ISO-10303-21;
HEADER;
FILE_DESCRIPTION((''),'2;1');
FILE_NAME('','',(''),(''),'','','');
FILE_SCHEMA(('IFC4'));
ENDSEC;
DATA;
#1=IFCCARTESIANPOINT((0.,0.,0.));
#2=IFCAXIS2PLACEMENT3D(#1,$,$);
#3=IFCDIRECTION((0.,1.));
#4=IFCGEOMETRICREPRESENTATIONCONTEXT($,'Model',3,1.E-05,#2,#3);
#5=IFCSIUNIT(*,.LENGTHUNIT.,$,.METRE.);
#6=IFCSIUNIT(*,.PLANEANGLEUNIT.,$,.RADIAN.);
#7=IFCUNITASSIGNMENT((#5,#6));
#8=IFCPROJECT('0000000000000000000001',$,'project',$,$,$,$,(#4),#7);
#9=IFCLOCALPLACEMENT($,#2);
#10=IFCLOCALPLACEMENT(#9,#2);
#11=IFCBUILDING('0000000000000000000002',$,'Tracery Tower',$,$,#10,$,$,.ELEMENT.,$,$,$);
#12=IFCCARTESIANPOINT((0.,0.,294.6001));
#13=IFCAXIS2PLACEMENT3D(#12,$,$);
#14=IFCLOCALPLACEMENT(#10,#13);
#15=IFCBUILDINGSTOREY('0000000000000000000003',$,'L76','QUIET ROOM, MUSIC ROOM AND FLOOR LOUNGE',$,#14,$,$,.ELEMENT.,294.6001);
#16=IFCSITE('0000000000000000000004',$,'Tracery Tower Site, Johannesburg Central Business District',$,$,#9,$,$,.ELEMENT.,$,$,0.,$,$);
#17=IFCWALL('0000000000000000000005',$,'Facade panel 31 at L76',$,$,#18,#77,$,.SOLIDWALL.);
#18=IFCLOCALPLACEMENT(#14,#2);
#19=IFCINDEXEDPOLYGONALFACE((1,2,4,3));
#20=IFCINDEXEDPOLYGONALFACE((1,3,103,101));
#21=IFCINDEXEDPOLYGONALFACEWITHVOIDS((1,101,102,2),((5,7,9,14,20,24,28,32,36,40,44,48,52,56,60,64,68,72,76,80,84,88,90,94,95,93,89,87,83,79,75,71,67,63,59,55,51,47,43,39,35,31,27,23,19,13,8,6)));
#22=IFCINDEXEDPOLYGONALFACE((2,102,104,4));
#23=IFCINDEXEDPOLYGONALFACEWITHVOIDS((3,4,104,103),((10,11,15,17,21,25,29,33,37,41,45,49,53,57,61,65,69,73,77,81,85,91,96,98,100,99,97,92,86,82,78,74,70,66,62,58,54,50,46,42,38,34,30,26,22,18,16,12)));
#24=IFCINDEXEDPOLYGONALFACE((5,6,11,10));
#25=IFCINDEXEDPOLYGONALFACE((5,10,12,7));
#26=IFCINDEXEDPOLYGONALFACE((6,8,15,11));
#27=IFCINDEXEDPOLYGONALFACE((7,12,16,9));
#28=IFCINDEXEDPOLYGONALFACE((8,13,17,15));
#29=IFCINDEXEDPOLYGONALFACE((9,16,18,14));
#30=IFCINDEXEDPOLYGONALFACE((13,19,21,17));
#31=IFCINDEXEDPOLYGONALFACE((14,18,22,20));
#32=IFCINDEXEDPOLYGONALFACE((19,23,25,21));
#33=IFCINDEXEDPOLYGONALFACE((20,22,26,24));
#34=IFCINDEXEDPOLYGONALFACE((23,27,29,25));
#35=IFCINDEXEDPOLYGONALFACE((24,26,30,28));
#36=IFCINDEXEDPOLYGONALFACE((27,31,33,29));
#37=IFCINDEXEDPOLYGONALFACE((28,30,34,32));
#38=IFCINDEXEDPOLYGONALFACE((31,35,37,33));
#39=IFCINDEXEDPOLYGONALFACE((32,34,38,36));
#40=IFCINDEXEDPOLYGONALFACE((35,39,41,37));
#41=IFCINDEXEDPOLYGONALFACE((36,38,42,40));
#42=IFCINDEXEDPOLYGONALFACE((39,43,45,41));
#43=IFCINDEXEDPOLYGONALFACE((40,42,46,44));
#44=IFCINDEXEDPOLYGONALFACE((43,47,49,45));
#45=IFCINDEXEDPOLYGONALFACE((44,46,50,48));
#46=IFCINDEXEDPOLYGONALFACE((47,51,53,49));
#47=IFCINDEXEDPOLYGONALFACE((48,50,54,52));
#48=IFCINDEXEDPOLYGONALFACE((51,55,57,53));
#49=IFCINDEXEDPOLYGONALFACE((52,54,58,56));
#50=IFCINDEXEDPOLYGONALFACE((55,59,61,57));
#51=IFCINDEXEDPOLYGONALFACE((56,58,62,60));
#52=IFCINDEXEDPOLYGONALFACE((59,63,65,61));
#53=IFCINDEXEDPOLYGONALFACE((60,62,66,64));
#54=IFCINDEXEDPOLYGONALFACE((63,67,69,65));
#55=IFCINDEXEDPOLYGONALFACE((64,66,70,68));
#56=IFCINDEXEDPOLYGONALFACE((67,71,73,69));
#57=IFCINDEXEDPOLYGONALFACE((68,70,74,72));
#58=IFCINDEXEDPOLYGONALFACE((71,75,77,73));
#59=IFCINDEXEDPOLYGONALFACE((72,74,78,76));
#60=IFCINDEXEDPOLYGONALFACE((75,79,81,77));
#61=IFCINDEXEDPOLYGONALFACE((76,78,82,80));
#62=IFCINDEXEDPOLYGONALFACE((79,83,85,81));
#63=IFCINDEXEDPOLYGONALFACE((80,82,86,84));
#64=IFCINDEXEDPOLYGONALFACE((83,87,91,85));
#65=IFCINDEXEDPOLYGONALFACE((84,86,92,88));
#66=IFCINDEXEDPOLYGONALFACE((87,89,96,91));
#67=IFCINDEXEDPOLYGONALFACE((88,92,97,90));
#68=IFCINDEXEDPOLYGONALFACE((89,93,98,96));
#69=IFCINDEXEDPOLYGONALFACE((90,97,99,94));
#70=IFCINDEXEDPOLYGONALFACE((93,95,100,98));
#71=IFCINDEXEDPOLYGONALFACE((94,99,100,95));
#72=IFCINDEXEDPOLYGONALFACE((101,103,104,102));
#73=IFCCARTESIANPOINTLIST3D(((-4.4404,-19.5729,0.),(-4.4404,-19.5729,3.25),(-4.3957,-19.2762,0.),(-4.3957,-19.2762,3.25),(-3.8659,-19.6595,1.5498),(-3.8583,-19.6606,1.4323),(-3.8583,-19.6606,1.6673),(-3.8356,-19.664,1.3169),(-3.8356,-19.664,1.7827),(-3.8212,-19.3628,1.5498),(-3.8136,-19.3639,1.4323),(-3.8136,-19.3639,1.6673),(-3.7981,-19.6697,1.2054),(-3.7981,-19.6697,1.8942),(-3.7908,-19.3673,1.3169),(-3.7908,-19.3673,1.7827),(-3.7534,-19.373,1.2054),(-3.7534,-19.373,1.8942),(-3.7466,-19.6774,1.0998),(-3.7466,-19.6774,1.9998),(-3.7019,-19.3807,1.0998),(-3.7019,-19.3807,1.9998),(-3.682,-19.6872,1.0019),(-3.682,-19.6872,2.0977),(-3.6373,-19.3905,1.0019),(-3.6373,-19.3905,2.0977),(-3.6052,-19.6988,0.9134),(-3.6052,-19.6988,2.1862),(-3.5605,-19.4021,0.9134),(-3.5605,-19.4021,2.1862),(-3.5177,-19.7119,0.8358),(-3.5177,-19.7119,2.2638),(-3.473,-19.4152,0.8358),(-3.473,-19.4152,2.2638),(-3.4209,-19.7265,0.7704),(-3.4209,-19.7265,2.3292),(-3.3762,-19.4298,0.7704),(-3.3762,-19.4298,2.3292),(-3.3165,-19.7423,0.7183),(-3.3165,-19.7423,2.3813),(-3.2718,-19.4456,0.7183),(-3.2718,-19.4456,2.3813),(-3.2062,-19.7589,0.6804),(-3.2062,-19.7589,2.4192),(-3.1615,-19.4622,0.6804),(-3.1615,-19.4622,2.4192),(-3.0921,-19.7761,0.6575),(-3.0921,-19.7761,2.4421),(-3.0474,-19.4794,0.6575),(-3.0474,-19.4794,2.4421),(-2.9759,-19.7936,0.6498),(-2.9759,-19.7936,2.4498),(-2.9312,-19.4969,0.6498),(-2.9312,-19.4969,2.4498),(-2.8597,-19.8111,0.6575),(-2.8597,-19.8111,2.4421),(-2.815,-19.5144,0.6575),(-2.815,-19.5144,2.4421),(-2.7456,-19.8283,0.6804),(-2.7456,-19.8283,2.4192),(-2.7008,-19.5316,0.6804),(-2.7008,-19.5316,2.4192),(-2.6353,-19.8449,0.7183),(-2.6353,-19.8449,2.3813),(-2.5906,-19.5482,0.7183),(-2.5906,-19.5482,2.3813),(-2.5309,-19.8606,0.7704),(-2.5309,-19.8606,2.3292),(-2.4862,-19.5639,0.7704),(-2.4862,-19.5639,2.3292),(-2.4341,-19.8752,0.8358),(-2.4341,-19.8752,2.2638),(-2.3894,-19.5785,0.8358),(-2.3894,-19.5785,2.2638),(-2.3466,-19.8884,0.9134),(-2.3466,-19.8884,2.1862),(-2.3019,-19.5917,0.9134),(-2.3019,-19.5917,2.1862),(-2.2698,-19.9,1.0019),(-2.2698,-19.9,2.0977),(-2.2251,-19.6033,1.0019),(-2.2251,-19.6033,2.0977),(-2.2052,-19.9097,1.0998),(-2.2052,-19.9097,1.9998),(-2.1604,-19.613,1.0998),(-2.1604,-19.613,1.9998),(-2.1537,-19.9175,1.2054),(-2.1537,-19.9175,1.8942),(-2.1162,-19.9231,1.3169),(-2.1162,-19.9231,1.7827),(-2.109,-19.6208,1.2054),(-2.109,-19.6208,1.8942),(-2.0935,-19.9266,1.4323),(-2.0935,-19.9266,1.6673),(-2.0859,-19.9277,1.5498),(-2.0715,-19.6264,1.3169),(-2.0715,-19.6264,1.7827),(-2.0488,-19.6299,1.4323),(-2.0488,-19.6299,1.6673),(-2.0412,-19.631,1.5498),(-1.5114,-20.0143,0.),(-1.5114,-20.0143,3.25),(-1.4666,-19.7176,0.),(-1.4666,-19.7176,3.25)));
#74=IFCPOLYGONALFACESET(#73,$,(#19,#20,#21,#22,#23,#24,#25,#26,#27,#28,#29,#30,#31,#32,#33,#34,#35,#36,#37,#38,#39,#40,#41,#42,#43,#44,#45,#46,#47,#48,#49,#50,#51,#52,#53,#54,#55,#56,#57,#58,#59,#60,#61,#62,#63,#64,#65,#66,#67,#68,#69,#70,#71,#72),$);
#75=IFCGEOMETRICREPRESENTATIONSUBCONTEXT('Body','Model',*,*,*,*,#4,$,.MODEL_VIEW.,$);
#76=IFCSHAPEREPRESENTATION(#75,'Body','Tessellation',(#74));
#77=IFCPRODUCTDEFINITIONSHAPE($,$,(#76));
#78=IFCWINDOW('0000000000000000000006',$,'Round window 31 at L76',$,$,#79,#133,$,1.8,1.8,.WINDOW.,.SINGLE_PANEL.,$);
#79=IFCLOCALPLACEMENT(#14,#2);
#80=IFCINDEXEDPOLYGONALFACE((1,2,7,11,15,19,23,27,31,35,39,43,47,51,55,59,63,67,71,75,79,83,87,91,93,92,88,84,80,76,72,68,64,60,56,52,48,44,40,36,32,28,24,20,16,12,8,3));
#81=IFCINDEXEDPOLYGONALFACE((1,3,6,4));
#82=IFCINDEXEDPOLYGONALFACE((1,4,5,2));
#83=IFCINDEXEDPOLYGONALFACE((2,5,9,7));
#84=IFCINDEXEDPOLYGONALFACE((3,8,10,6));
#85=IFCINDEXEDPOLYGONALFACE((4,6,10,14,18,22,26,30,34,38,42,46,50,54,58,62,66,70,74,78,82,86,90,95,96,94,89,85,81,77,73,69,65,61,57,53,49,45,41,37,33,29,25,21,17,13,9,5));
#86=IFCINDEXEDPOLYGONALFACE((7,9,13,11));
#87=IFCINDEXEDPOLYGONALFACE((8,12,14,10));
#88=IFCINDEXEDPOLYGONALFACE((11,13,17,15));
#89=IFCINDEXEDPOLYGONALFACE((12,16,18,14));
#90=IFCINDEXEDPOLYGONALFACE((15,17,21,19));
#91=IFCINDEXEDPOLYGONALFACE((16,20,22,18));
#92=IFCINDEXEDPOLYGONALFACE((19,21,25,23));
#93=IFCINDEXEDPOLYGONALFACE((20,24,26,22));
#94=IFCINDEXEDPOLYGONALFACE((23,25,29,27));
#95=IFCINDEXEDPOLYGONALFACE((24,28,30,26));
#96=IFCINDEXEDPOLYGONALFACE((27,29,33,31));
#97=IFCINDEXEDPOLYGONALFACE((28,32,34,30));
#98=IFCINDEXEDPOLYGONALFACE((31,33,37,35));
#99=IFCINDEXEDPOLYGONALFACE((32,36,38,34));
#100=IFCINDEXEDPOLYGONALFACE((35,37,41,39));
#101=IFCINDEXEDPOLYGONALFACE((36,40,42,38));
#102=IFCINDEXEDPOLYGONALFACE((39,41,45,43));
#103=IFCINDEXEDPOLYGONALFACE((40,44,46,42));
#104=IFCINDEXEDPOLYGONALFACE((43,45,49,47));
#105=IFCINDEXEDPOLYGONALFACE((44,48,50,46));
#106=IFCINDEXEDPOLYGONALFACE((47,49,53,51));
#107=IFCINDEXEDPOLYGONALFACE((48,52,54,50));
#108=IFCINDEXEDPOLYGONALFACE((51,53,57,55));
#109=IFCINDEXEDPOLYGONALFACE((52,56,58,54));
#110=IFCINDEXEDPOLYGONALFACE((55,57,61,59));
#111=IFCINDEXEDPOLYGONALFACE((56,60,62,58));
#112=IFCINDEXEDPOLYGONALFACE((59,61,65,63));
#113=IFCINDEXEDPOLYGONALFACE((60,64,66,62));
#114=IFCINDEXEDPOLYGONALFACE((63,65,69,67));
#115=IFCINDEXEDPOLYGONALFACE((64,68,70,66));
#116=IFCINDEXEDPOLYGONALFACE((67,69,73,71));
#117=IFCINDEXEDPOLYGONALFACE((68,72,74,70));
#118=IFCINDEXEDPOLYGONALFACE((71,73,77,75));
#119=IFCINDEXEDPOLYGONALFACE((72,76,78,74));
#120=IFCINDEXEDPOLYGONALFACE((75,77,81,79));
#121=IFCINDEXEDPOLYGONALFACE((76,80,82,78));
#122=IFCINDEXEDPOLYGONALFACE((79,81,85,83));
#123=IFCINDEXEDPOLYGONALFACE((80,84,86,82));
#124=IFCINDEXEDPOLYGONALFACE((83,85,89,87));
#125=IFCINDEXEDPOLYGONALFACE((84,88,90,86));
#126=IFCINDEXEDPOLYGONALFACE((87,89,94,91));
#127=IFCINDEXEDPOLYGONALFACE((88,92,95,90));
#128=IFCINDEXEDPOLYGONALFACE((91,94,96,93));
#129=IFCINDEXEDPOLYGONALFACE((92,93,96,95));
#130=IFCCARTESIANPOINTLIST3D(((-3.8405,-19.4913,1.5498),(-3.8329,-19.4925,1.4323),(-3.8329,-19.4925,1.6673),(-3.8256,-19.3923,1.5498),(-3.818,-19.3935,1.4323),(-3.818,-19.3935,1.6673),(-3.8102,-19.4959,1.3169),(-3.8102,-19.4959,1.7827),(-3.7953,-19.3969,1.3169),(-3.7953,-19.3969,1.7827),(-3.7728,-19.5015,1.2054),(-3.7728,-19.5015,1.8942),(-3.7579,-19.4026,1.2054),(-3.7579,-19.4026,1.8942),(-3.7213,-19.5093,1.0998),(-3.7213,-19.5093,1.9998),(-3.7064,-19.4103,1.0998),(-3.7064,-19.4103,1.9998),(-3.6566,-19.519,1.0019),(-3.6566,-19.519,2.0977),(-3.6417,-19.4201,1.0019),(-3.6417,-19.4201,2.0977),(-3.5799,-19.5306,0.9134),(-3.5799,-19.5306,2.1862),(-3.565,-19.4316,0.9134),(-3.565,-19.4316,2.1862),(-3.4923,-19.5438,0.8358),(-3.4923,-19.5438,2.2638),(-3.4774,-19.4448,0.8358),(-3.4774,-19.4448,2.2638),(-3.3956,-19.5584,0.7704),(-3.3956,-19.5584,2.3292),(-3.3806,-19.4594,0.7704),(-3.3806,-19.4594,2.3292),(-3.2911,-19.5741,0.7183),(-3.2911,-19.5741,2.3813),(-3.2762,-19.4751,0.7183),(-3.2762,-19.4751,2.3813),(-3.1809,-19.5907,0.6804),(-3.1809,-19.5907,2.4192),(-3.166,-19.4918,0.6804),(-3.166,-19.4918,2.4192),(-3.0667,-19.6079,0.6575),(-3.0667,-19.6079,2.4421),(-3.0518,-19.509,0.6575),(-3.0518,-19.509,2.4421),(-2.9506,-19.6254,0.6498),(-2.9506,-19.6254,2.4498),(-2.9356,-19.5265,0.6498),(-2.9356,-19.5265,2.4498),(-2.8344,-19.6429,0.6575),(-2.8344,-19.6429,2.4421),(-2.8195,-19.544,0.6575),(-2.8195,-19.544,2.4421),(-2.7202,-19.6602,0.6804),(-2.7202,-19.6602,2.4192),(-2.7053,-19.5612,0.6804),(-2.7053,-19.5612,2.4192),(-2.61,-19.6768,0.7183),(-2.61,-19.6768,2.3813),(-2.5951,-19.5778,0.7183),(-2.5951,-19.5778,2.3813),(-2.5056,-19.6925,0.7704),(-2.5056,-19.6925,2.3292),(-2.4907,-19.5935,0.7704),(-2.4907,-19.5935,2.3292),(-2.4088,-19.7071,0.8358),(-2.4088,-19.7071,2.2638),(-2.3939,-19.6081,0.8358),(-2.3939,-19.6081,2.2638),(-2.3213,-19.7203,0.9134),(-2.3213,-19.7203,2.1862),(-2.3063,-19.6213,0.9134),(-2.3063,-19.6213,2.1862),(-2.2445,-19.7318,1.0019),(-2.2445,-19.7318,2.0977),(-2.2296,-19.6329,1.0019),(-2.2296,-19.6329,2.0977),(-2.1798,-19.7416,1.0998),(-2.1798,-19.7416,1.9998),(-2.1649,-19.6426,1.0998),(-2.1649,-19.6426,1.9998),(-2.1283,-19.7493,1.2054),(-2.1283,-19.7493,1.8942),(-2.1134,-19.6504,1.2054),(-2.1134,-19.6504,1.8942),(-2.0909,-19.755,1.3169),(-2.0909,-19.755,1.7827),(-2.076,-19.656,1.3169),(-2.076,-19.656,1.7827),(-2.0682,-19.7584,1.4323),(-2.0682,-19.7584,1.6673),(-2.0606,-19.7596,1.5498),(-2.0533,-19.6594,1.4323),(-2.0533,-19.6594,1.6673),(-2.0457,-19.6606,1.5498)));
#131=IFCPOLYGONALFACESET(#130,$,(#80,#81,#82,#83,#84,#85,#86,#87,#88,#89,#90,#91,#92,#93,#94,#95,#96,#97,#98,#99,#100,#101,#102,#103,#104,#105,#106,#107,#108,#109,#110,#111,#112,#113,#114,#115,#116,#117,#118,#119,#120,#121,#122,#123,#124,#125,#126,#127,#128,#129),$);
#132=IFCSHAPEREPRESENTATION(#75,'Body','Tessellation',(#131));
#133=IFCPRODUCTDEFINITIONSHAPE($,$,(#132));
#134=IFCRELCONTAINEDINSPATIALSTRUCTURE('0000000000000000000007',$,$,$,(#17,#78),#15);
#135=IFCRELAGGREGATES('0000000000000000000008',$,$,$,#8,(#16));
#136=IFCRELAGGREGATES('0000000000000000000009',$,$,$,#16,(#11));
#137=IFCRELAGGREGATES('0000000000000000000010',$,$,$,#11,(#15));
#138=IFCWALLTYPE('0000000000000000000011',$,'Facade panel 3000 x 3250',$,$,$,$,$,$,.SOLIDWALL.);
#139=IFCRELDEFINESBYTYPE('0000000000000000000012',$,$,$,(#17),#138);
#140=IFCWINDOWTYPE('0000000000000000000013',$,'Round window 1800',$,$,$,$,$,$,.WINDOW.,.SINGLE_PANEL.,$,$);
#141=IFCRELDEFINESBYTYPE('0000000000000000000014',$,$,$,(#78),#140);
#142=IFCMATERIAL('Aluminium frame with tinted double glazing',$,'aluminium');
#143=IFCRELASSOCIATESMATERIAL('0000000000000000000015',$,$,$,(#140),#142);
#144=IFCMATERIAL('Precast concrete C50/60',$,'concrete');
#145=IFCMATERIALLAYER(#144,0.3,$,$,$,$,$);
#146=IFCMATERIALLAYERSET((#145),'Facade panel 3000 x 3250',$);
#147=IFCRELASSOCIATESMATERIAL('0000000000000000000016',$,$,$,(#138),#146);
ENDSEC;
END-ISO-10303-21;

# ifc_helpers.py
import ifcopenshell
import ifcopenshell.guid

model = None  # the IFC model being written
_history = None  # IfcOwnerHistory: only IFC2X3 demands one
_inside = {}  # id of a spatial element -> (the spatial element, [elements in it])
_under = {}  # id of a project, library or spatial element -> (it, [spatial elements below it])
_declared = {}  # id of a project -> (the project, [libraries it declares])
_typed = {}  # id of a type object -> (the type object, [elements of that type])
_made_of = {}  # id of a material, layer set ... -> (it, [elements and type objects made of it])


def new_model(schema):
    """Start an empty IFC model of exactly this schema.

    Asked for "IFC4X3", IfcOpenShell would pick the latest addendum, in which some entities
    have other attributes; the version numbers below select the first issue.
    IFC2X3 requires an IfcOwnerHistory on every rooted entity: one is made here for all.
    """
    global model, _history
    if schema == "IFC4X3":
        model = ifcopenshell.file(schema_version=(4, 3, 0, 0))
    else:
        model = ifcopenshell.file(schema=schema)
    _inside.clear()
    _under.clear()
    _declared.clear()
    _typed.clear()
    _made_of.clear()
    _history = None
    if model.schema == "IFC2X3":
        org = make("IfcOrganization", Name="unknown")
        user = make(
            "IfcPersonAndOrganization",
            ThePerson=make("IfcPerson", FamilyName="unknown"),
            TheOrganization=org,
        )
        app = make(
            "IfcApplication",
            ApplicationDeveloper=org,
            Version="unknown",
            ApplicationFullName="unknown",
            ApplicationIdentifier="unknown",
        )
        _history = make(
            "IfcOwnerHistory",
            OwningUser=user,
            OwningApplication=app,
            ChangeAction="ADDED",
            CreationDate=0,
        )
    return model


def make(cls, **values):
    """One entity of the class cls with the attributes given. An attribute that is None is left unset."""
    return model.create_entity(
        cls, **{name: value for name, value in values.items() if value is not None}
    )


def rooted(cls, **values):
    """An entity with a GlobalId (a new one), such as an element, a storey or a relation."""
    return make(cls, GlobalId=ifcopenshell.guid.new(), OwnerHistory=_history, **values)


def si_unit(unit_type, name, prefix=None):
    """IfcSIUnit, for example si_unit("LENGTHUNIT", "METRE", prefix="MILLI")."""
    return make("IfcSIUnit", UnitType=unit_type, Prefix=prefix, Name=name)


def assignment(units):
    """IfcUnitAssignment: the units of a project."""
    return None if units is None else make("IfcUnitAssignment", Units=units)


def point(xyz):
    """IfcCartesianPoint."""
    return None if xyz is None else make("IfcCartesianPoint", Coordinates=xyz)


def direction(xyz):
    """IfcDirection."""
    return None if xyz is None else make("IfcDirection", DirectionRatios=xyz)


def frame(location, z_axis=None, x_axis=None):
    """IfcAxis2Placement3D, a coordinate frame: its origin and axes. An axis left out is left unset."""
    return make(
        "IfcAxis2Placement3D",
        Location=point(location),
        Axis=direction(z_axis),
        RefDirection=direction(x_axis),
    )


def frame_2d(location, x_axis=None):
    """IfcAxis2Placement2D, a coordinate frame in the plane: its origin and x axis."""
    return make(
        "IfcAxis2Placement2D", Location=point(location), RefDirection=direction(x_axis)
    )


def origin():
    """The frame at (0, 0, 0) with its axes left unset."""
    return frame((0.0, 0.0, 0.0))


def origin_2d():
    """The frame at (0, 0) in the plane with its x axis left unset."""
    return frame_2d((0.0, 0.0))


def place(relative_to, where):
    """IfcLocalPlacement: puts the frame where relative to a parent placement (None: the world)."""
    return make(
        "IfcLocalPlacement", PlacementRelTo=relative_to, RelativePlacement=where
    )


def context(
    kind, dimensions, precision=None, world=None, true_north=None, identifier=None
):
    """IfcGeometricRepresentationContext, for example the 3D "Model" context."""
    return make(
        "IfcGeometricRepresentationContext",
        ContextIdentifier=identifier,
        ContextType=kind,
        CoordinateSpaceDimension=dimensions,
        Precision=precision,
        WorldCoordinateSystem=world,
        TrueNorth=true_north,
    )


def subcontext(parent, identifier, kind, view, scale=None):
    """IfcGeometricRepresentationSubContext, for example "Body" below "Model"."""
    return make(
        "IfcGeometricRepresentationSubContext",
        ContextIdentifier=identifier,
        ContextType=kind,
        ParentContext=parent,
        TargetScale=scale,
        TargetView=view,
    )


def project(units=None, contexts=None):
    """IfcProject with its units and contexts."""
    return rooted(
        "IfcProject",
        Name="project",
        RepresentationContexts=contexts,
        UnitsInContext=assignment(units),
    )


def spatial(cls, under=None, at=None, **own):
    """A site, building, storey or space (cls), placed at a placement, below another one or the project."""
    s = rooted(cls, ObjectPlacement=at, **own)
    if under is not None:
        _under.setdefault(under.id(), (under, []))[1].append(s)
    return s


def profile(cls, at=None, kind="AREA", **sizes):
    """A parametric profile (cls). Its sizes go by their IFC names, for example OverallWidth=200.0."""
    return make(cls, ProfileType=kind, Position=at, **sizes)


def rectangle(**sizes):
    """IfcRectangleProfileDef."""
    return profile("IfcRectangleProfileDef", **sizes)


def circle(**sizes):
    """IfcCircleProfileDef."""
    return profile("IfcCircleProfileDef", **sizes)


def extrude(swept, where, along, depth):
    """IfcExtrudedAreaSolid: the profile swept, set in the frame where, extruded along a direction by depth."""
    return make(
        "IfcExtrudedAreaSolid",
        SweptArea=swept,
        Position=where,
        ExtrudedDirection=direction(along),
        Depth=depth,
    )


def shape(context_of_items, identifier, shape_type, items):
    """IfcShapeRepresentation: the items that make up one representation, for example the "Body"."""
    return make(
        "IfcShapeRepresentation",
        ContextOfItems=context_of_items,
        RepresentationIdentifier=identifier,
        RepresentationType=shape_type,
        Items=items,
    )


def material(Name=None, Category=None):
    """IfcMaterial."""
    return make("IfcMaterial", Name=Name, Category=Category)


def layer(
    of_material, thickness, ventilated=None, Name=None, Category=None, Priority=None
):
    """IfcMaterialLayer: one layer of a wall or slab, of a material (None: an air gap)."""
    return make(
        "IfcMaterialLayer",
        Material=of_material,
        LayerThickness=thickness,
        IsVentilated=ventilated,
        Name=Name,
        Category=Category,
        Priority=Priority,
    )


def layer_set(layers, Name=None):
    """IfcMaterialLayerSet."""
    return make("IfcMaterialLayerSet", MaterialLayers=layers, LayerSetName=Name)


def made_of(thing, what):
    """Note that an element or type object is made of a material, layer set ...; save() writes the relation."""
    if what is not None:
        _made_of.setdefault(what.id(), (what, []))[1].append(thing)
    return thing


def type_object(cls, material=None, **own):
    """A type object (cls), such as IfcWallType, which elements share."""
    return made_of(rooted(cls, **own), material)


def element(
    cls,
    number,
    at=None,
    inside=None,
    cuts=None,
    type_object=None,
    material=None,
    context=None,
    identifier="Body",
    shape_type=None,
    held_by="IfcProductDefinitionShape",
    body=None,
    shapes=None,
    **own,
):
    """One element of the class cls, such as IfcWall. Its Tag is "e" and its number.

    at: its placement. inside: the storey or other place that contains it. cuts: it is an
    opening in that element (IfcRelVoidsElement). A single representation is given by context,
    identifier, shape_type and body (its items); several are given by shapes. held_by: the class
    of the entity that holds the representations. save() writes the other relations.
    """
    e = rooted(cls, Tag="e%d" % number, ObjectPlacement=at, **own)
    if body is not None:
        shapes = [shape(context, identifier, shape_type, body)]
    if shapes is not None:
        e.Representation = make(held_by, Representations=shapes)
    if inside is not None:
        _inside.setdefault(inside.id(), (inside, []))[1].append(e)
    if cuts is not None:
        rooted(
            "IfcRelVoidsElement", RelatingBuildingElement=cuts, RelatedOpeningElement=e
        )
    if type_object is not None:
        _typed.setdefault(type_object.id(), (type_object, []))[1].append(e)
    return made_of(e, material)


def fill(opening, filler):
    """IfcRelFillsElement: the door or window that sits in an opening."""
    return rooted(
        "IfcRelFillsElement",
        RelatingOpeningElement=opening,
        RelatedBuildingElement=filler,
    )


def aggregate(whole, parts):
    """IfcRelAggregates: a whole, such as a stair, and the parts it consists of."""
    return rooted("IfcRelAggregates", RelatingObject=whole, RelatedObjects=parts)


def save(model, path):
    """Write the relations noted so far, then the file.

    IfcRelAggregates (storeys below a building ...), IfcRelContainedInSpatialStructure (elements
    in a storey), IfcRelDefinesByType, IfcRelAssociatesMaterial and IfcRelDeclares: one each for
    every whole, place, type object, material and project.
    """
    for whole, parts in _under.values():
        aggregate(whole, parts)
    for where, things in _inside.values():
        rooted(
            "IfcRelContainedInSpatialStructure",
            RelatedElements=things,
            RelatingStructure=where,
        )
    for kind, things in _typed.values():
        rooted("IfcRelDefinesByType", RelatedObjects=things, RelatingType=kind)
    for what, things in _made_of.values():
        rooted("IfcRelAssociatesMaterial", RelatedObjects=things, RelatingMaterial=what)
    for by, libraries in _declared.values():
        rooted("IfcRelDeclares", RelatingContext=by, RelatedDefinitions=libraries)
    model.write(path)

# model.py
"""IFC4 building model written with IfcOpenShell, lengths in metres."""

from ifc_helpers import new_model, si_unit, direction, frame, frame_2d, origin, origin_2d, place, context, subcontext, project, spatial, rectangle, circle, extrude, material, layer, layer_set, type_object, element, fill, save


model = new_model("IFC4")

# Units and contexts
model_context = context("Model", 3, precision=1e-05, world=origin(), true_north=direction((0.0, 1.0)))
body_context = subcontext(model_context, "Body", "Model", "MODEL_VIEW")
ifc_project = project(units=[si_unit("LENGTHUNIT", "METRE"), si_unit("PLANEANGLEUNIT", "RADIAN")], contexts=[model_context])

# Site, building, storey
site_placement = place(None, origin())
site = spatial("IfcSite", under=ifc_project, at=site_placement, Name="Tracery Tower Site, Johannesburg Central Business District", CompositionType="ELEMENT", RefElevation=0.0)
building_placement = place(site_placement, origin())
building = spatial("IfcBuilding", under=site, at=building_placement, Name="Tracery Tower", CompositionType="ELEMENT")
storey_placement = place(building_placement, frame((0.0, 0.0, 294.6001)))
storey = spatial("IfcBuildingStorey", under=building, at=storey_placement, Name="L76", Description="QUIET ROOM, MUSIC ROOM AND FLOOR LOUNGE", CompositionType="ELEMENT", Elevation=294.6001)

# Wall, opening, window
ifc_material_1 = material(Name="Aluminium frame with tinted double glazing", Category="aluminium")
window_type = type_object("IfcWindowType", Name="Round window 1800", PartitioningType="SINGLE_PANEL", PredefinedType="WINDOW", material=ifc_material_1)
ifc_material_2 = material(Name="Precast concrete C50/60", Category="concrete")
ifc_layer_1 = layer(ifc_material_2, 0.3)
ifc_layer_set_1 = layer_set([ifc_layer_1], Name="Facade panel 3000 x 3250")
wall_type_1 = type_object("IfcWallType", Name="Facade panel 3000 x 3250", PredefinedType="SOLIDWALL", material=ifc_layer_set_1)
wall_1_placement = place(storey_placement, frame((-4.418, -19.4246, 0.0), z_axis=(0.0, 0.0, 1.0), x_axis=(0.988836, -0.149009, 0.0)))
wall_1 = element("IfcWall", 1, at=wall_1_placement, inside=storey, type_object=wall_type_1, Name="Facade panel 31 at L76", PredefinedType="SOLIDWALL", context=body_context, shape_type="SweptSolid", body=[
    extrude(rectangle(XDim=2.9622, YDim=0.3, at=frame_2d((1.481, 0.0))), origin(), (0.0, 0.0, 1.0), 3.25),
])
opening_1_placement = place(wall_1_placement, frame((1.481, 0.0, 1.5498)))
opening_1 = element("IfcOpeningElement", 2, at=opening_1_placement, cuts=wall_1, PredefinedType="OPENING", context=body_context, shape_type="SweptSolid", body=[
    extrude(circle(Radius=0.9, at=origin_2d()), frame((0.0, 0.1599, 0.0), z_axis=(0.0, -1.0, 0.0), x_axis=(1.0, 0.0, 0.0)), (0.0, 0.0, 1.0), 0.3201),
])
window_1_placement = place(opening_1_placement, origin())
window_1 = element("IfcWindow", 3, at=window_1_placement, inside=storey, type_object=window_type, Name="Round window 31 at L76", OverallHeight=1.8, OverallWidth=1.8, PartitioningType="SINGLE_PANEL", PredefinedType="WINDOW", context=body_context, shape_type="SweptSolid", body=[
    extrude(circle(Radius=0.9, at=origin_2d()), frame((0.0, 0.1201, 0.0), z_axis=(0.0, -1.0, 0.0), x_axis=(1.0, 0.0, 0.0)), (0.0, 0.0, 1.0), 0.1001),
])
fill(opening_1, window_1)

save(model, "model.ifc")
